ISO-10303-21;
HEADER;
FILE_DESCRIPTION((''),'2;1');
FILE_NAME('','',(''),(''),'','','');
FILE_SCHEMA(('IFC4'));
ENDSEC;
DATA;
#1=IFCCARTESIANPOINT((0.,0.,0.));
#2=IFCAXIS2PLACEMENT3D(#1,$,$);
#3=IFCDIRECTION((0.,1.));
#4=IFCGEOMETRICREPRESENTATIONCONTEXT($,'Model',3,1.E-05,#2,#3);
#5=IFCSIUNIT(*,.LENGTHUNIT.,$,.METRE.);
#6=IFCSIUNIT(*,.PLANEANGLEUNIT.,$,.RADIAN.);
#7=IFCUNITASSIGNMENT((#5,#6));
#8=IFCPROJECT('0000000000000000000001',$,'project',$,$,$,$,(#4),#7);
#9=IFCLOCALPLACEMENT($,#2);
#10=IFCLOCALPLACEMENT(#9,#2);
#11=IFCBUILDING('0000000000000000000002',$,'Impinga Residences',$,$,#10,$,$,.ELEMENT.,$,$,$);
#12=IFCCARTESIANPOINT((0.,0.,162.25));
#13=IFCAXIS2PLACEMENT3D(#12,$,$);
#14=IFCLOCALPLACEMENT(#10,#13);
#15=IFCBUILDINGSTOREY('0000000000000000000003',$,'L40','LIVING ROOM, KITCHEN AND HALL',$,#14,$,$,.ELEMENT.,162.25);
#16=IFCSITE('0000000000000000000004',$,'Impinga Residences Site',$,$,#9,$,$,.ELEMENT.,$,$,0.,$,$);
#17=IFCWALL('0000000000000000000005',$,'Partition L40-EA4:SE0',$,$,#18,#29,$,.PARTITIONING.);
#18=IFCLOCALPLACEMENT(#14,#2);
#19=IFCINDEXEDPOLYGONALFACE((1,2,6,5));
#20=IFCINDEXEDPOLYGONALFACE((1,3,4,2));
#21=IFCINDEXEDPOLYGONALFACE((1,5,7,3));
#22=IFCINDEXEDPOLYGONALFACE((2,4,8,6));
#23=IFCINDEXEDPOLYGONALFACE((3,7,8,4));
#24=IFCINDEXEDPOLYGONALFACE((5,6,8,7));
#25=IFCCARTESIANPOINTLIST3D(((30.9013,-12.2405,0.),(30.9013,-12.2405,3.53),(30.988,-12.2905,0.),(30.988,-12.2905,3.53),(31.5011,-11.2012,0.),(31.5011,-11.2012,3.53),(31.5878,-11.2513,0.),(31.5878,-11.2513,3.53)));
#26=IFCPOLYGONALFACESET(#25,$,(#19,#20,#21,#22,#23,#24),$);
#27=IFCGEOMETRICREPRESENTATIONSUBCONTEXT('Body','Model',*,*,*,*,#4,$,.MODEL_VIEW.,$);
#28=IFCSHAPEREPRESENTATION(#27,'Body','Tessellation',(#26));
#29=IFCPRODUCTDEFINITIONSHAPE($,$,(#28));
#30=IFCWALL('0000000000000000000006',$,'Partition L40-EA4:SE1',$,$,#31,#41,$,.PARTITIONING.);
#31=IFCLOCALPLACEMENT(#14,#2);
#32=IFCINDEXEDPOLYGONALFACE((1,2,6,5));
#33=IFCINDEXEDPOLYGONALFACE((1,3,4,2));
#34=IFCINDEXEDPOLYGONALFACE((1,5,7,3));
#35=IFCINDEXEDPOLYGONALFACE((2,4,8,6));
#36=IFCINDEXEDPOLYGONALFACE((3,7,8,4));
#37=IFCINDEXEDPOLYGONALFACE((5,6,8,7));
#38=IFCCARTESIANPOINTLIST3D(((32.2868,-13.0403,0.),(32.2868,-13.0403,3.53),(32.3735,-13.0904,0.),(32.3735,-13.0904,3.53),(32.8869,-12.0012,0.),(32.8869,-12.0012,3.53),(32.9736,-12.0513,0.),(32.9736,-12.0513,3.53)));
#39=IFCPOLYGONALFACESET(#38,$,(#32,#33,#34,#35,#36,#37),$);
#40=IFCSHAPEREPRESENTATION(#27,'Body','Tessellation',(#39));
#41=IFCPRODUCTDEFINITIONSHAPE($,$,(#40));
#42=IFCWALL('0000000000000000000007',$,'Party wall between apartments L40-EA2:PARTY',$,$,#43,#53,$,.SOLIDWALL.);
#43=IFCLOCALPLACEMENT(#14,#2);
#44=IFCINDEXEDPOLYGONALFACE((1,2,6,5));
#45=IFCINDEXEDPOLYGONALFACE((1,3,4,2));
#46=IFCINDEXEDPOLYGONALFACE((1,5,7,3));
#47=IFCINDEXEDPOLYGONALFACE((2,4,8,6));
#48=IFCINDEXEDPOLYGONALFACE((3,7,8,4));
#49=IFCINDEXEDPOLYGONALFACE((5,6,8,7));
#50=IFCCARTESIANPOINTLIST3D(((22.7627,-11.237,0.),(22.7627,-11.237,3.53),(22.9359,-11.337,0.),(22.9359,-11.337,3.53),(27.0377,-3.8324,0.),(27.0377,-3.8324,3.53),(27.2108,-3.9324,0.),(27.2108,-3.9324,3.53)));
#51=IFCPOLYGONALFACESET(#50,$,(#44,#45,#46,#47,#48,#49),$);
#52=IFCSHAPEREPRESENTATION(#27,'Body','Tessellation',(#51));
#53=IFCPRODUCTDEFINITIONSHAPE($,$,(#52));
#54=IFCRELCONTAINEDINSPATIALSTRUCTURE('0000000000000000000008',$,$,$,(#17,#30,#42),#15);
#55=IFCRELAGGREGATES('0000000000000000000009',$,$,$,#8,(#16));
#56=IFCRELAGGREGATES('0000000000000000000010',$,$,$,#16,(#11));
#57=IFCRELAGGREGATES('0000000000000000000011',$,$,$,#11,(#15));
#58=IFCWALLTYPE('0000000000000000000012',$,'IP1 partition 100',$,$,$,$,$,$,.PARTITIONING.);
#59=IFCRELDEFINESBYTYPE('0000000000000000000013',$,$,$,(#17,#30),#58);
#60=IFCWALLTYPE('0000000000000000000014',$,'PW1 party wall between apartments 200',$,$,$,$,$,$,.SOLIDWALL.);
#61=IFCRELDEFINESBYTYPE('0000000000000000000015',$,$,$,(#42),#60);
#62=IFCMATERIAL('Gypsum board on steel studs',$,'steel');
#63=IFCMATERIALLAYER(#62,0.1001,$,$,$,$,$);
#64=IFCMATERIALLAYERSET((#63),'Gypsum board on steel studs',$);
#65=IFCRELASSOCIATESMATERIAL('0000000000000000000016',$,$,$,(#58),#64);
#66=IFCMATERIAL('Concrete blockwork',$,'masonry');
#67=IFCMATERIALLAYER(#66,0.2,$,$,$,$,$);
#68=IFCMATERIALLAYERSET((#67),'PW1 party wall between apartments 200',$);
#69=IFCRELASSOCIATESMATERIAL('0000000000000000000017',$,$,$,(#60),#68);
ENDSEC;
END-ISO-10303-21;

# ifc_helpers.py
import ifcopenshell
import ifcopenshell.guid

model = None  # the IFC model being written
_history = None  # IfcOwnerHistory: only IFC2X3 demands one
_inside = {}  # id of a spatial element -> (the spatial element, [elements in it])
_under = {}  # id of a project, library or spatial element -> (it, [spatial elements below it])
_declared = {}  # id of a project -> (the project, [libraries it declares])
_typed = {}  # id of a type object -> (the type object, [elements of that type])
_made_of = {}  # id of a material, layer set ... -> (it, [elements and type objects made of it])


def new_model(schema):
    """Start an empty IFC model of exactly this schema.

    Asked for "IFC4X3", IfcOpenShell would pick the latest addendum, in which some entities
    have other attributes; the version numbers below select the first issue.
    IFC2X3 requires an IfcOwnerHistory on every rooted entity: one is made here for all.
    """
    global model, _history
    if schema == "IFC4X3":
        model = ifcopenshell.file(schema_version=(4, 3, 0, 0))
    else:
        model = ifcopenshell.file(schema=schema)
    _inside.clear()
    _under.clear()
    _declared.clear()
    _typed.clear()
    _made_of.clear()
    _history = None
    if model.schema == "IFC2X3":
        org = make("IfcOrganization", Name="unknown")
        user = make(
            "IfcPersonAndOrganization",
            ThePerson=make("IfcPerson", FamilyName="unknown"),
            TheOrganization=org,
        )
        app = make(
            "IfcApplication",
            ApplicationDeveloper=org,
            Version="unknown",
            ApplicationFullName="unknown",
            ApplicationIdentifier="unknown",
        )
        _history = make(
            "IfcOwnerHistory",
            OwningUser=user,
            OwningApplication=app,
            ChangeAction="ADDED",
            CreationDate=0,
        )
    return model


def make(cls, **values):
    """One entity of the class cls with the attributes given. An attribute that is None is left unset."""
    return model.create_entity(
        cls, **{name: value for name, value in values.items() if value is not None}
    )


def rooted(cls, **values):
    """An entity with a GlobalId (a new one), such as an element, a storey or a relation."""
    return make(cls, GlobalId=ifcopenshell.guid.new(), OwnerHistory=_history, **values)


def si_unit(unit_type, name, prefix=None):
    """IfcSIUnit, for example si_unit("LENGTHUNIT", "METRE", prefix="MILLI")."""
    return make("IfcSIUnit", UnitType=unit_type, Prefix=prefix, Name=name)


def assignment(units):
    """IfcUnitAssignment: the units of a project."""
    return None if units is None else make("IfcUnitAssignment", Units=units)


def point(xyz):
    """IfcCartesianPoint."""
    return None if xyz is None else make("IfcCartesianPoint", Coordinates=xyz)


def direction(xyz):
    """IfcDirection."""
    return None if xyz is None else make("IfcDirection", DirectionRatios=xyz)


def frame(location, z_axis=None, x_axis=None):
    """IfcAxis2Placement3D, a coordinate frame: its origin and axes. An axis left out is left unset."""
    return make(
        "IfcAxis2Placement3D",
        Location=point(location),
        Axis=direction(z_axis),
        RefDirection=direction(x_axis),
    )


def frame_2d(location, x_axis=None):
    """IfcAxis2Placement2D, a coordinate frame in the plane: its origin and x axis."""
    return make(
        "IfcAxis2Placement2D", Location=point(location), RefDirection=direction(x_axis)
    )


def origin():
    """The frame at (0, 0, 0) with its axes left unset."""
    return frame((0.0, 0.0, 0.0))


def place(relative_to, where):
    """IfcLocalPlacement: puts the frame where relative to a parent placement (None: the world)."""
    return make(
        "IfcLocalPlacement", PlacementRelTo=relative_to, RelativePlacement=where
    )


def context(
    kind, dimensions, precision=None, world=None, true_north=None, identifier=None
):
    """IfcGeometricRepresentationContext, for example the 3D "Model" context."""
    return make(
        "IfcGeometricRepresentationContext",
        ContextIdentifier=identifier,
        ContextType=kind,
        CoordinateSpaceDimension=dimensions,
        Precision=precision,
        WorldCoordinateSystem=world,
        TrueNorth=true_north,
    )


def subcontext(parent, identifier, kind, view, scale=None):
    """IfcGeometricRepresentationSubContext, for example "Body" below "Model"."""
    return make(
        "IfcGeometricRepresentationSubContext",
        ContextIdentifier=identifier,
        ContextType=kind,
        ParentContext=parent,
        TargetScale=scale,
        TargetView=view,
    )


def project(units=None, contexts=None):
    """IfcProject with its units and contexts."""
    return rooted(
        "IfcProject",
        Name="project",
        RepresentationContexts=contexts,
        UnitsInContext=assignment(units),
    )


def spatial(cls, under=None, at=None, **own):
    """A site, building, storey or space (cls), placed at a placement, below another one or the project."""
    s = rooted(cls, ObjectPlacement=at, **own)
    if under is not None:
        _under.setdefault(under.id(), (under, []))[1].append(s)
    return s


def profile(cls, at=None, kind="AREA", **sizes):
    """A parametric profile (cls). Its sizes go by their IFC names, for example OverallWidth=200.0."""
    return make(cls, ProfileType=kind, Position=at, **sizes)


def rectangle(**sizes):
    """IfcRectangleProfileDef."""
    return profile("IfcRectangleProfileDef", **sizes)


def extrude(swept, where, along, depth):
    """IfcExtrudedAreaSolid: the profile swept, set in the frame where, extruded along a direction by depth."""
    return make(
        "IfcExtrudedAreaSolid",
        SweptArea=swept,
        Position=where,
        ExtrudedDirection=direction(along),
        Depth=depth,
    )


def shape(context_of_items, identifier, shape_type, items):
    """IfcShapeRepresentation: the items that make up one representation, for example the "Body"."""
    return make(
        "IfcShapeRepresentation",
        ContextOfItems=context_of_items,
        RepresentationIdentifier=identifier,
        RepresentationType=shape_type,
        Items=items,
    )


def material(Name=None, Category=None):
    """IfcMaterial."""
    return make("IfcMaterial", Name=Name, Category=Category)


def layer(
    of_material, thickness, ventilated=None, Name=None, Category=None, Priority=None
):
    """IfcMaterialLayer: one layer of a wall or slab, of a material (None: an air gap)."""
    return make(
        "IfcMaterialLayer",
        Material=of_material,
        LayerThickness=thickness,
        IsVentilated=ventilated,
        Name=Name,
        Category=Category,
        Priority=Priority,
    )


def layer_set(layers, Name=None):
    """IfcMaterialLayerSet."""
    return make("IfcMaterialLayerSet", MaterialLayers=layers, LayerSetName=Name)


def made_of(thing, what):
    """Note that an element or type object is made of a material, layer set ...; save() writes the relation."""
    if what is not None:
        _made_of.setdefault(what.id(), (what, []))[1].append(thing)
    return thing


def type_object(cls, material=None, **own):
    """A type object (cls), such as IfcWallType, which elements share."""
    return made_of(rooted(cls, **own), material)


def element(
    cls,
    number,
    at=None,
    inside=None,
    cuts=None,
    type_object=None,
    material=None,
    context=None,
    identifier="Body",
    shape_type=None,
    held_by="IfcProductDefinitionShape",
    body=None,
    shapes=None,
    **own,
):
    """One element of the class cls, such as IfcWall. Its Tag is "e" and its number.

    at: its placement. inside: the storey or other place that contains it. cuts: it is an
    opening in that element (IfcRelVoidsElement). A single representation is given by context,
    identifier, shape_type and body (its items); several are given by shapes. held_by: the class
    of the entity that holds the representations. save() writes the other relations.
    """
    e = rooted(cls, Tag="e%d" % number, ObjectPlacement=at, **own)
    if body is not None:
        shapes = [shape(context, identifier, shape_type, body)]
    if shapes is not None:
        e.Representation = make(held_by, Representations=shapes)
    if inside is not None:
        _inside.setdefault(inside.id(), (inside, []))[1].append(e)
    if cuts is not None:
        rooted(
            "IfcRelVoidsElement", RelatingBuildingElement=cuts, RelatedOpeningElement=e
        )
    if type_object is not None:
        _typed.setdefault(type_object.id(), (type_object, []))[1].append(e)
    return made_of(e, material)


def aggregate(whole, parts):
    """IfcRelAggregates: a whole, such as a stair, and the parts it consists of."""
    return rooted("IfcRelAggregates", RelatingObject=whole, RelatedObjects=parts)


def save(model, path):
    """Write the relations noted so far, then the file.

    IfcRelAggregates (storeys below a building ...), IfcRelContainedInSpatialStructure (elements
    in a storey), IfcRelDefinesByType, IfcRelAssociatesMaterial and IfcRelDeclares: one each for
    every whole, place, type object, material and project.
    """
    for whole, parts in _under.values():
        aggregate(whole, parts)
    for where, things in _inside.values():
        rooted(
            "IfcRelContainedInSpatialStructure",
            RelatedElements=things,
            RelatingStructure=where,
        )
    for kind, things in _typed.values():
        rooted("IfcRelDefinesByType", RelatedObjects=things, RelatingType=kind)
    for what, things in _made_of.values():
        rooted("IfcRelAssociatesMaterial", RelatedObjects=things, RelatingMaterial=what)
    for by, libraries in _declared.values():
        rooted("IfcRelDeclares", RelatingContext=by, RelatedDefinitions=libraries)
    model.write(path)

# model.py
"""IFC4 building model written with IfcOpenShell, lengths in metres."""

from ifc_helpers import new_model, si_unit, direction, frame, frame_2d, origin, place, context, subcontext, project, spatial, rectangle, extrude, material, layer, layer_set, type_object, element, save


model = new_model("IFC4")

# Units and contexts
model_context = context("Model", 3, precision=1e-05, world=origin(), true_north=direction((0.0, 1.0)))
body_context = subcontext(model_context, "Body", "Model", "MODEL_VIEW")
ifc_project = project(units=[si_unit("LENGTHUNIT", "METRE"), si_unit("PLANEANGLEUNIT", "RADIAN")], contexts=[model_context])

# Site, building, storey
site_placement = place(None, origin())
site = spatial("IfcSite", under=ifc_project, at=site_placement, Name="Impinga Residences Site", CompositionType="ELEMENT", RefElevation=0.0)
building_placement = place(site_placement, origin())
building = spatial("IfcBuilding", under=site, at=building_placement, Name="Impinga Residences", CompositionType="ELEMENT")
storey_placement = place(building_placement, frame((0.0, 0.0, 162.25)))
storey = spatial("IfcBuildingStorey", under=building, at=storey_placement, Name="L40", Description="LIVING ROOM, KITCHEN AND HALL", CompositionType="ELEMENT", Elevation=162.25)

# Shared definitions
ifc_material_1 = material(Name="Concrete blockwork", Category="masonry")

# Shared definitions
ifc_material_2 = material(Name="Gypsum board on steel studs", Category="steel")
ifc_layer_1 = layer(ifc_material_2, 0.1001)
ifc_layer_set_1 = layer_set([ifc_layer_1], Name="Gypsum board on steel studs")
wall_type_1 = type_object("IfcWallType", Name="IP1 partition 100", PredefinedType="PARTITIONING", material=ifc_layer_set_1)

# Walls
for number, where, z_axis, x_axis, name in (
    (1, (30.9446, -12.2656, 0.0), (0.0, 0.0, 1.0), (0.499881, 0.866094, 0.0), "Partition L40-EA4:SE0"),
    (2, (32.3301, -13.0654, 0.0), (0.0, 0.0, 1.0), (0.500122, 0.865955, 0.0), "Partition L40-EA4:SE1"),
):
    element("IfcWall", number, at=place(storey_placement, frame(where, z_axis=z_axis, x_axis=x_axis)), inside=storey, type_object=wall_type_1, Name=name, PredefinedType="PARTITIONING", context=body_context, shape_type="SweptSolid", body=[
        extrude(rectangle(XDim=1.2, YDim=0.1001, at=frame_2d((0.6001, 0.0))), origin(), (0.0, 0.0, 1.0), 3.53),
    ])
ifc_layer_2 = layer(ifc_material_1, 0.2)
ifc_layer_set_2 = layer_set([ifc_layer_2], Name="PW1 party wall between apartments 200")
wall_type_2 = type_object("IfcWallType", Name="PW1 party wall between apartments 200", PredefinedType="SOLIDWALL", material=ifc_layer_set_2)
wall_1_placement = place(storey_placement, frame((22.8494, -11.2869, 0.0), z_axis=(0.0, 0.0, 1.0), x_axis=(0.49999, 0.866031, 0.0)))
element("IfcWall", 3, at=wall_1_placement, inside=storey, type_object=wall_type_2, Name="Party wall between apartments L40-EA2:PARTY", PredefinedType="SOLIDWALL", context=body_context, shape_type="SweptSolid", body=[
    extrude(rectangle(XDim=8.55, YDim=0.2, at=frame_2d((4.2749, 0.0))), origin(), (0.0, 0.0, 1.0), 3.53),
])

save(model, "model.ifc")
